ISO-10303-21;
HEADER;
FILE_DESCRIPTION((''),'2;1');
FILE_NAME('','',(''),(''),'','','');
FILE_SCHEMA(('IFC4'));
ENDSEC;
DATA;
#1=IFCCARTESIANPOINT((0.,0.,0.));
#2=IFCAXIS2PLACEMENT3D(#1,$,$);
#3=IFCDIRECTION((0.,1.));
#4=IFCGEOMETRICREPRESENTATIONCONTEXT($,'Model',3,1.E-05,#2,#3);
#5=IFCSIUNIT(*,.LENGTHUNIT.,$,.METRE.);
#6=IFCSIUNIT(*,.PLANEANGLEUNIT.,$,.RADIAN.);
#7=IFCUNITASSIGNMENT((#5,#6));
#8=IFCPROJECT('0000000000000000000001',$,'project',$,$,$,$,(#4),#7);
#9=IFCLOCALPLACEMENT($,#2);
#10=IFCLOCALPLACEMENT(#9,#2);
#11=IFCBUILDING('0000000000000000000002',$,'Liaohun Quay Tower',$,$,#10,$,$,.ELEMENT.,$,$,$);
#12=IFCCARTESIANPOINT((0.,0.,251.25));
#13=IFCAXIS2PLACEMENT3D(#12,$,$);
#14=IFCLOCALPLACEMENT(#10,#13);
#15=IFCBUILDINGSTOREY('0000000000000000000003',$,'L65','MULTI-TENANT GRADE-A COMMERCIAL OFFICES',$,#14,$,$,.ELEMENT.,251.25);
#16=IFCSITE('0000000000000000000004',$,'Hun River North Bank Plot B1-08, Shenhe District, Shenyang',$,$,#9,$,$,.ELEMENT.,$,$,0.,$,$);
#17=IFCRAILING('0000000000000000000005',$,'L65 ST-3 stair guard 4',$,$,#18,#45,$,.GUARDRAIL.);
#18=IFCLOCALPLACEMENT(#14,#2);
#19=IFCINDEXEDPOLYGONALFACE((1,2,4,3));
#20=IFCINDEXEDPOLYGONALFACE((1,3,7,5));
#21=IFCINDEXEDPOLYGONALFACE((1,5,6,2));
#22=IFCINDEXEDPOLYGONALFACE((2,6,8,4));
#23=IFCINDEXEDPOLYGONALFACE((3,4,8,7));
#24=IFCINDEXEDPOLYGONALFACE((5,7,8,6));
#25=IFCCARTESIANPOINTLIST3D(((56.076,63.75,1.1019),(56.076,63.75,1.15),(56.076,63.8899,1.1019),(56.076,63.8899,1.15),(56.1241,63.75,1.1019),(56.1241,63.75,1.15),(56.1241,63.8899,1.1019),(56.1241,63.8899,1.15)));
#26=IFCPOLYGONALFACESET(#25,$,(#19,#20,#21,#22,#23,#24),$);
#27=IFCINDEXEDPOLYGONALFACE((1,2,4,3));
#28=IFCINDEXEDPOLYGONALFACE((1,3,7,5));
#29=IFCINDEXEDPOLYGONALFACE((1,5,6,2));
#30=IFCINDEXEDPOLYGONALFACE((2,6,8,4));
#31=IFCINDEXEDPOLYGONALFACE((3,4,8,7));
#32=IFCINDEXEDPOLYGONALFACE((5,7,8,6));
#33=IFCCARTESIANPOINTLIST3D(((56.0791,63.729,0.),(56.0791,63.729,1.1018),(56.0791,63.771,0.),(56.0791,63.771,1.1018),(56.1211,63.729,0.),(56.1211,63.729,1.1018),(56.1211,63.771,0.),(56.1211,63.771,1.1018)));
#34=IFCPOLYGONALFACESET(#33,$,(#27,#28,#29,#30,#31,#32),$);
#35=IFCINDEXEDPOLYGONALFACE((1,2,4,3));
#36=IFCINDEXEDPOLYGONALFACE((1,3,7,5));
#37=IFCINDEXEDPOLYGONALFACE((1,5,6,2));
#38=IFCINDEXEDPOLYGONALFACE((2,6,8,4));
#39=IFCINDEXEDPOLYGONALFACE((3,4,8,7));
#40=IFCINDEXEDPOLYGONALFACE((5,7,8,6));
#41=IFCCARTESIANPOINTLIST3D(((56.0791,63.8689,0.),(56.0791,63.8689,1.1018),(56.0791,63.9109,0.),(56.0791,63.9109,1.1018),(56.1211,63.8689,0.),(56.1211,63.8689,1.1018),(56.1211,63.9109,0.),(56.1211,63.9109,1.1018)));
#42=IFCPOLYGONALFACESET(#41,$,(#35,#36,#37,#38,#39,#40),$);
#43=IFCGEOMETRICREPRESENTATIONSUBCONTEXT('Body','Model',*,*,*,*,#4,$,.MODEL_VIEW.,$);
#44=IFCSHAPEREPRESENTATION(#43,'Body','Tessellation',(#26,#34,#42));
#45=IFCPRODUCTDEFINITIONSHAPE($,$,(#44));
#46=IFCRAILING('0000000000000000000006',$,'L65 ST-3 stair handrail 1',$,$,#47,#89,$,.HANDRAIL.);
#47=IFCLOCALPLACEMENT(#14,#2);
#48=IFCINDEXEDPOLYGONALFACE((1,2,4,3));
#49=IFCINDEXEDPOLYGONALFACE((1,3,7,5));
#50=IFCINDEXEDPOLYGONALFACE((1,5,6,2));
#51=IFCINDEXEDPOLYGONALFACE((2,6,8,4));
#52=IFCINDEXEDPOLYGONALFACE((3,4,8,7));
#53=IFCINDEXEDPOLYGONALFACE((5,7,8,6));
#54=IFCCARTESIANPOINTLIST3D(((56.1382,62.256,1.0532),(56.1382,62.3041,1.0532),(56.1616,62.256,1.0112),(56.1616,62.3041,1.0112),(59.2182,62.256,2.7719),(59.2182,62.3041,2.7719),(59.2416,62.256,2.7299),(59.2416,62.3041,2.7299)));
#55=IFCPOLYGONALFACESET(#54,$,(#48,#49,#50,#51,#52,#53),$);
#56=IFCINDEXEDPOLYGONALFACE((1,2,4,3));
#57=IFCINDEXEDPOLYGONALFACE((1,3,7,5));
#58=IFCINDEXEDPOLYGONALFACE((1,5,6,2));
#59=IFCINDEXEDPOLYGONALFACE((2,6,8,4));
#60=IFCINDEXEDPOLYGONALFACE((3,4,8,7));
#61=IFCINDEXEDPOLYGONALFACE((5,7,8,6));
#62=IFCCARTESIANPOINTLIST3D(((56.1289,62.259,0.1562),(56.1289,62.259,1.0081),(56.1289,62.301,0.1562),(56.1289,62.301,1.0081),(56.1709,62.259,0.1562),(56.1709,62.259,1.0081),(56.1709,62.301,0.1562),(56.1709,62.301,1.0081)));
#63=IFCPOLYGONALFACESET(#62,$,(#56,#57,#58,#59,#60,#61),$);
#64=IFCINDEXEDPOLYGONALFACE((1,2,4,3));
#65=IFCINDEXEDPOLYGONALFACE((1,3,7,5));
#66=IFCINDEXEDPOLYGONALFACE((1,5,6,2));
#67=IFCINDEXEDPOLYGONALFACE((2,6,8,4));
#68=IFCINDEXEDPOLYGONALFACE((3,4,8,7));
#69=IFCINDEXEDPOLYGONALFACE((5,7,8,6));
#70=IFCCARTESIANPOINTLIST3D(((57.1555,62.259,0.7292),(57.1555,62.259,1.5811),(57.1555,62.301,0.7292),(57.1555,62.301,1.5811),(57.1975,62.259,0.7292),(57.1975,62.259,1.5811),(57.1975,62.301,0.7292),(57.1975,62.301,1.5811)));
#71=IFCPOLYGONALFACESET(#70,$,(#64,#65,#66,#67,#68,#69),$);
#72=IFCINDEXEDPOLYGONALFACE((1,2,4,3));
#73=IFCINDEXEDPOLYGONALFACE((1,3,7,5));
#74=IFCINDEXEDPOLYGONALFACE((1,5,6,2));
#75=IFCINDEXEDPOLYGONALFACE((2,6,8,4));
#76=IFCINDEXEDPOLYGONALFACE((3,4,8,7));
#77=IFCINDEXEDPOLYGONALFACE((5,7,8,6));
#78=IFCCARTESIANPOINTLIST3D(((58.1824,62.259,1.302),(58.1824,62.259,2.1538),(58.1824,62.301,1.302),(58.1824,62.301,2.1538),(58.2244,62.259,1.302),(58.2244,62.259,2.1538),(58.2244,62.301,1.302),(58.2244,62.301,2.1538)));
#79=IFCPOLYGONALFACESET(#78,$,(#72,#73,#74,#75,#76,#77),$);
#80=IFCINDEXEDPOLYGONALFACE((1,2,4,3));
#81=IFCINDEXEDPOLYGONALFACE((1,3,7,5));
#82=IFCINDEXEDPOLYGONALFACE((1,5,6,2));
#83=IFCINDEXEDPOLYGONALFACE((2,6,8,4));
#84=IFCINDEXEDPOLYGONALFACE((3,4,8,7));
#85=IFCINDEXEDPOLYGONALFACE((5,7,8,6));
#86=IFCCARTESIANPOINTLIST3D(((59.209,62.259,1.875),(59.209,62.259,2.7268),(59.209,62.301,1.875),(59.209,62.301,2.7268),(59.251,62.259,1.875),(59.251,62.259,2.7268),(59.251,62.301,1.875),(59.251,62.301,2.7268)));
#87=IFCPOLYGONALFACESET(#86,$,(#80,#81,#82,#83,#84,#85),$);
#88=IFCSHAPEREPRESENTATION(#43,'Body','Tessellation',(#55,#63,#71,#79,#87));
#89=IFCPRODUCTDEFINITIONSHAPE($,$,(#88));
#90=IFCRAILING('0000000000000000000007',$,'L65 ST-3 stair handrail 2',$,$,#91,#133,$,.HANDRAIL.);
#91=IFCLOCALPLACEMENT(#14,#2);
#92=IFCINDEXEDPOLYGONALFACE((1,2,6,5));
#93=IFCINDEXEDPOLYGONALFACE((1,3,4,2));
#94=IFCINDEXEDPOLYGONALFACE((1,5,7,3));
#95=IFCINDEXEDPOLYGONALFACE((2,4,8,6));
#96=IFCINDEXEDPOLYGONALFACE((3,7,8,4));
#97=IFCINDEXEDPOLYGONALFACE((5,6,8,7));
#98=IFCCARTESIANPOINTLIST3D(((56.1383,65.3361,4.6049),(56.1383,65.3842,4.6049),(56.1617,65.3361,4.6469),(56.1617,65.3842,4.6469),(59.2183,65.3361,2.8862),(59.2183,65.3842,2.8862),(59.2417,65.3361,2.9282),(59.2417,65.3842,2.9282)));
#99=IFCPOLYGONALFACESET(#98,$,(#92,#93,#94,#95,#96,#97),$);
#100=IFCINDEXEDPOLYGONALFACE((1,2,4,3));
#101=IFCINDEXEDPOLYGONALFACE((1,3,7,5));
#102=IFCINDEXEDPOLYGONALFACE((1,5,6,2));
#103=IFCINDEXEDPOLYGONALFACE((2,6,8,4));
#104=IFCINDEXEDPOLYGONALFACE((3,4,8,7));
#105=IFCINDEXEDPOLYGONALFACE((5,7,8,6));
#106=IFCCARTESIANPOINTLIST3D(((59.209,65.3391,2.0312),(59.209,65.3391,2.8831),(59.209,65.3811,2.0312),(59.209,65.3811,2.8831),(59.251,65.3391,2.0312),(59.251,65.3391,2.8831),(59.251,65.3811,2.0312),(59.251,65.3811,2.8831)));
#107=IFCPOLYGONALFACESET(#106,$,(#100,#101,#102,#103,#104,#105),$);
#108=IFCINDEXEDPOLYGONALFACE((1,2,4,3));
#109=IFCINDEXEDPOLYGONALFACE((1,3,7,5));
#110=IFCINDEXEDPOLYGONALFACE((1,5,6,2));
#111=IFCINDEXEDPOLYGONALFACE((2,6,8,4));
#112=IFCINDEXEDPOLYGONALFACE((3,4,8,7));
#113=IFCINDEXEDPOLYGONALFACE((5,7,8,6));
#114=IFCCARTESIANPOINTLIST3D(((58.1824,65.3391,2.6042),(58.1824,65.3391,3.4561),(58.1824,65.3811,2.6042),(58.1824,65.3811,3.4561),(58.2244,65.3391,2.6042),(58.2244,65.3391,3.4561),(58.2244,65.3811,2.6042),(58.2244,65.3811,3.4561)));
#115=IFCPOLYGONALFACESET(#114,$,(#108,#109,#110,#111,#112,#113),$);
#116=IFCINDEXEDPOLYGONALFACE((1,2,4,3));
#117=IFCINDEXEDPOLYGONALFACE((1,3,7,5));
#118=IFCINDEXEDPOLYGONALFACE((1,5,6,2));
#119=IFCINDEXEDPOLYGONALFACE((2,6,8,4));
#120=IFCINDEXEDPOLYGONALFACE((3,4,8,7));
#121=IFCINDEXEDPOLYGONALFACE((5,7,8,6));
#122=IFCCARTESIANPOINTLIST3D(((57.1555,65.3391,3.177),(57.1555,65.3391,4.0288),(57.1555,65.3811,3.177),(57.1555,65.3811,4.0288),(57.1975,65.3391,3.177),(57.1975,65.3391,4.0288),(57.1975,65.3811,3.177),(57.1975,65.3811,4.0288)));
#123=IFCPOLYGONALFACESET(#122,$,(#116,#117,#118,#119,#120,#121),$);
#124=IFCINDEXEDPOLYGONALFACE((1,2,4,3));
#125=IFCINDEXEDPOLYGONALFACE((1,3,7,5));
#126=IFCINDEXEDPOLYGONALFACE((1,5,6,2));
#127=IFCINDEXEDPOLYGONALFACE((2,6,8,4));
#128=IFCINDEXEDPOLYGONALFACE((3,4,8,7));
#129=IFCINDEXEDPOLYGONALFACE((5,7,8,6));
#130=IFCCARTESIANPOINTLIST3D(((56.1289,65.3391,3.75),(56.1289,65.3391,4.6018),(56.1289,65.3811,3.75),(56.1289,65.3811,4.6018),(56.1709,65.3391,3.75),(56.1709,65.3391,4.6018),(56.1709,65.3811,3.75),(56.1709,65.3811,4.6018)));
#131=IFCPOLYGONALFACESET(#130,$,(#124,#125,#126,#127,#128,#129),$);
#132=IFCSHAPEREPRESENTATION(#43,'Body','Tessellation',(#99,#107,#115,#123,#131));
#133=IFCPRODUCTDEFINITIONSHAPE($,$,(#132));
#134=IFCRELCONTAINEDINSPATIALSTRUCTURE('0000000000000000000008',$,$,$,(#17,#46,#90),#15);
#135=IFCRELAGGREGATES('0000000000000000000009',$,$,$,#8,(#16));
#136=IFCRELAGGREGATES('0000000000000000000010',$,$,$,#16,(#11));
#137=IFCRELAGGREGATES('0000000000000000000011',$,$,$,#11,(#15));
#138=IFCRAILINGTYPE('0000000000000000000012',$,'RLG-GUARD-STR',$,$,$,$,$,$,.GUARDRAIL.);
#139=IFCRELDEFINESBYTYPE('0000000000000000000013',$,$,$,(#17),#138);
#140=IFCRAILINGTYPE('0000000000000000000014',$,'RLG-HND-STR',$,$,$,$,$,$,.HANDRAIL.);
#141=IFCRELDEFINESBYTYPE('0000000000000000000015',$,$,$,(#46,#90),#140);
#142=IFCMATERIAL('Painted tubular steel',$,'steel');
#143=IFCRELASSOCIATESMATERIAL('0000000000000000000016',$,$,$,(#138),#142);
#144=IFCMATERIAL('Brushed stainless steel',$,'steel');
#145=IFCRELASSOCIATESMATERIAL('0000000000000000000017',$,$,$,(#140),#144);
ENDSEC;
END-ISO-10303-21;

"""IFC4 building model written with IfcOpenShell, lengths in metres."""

from ifc_helpers import new_model, si_unit, direction, frame, origin, origin_2d, place, context, subcontext, project, spatial, rectangle, extrude, material, type_object, element, save


model = new_model("IFC4")

# Units and contexts
model_context = context("Model", 3, precision=1e-05, world=origin(), true_north=direction((0.0, 1.0)))
body_context = subcontext(model_context, "Body", "Model", "MODEL_VIEW")
ifc_project = project(units=[si_unit("LENGTHUNIT", "METRE"), si_unit("PLANEANGLEUNIT", "RADIAN")], contexts=[model_context])

# Site, building, storey
site_placement = place(None, origin())
site = spatial("IfcSite", under=ifc_project, at=site_placement, Name="Hun River North Bank Plot B1-08, Shenhe District, Shenyang", CompositionType="ELEMENT", RefElevation=0.0)
building_placement = place(site_placement, origin())
building = spatial("IfcBuilding", under=site, at=building_placement, Name="Liaohun Quay Tower", CompositionType="ELEMENT")
storey_placement = place(building_placement, frame((0.0, 0.0, 251.25)))
storey = spatial("IfcBuildingStorey", under=building, at=storey_placement, Name="L65", Description="MULTI-TENANT GRADE-A COMMERCIAL OFFICES", CompositionType="ELEMENT", Elevation=251.25)

# Railings
ifc_material_1 = material(Name="Painted tubular steel", Category="steel")
railing_type_1 = type_object("IfcRailingType", Name="RLG-GUARD-STR", PredefinedType="GUARDRAIL", material=ifc_material_1)
railing_1_placement = place(storey_placement, frame((56.1001, 63.75, 0.0)))
element("IfcRailing", 1, at=railing_1_placement, inside=storey, type_object=railing_type_1, Name="L65 ST-3 stair guard 4", PredefinedType="GUARDRAIL", context=body_context, shape_type="SweptSolid", body=[
    extrude(rectangle(XDim=0.0481, YDim=0.0481, at=origin_2d()), frame((0.0, 0.0, 1.126), z_axis=(0.0, 1.0, 0.0), x_axis=(-1.0, 0.0, 0.0)), (0.0, 0.0, 1.0), 0.1399),
    extrude(rectangle(XDim=0.042, YDim=0.042, at=origin_2d()), origin(), (0.0, 0.0, 1.0), 1.1018),
    extrude(rectangle(XDim=0.042, YDim=0.042, at=origin_2d()), frame((0.0, 0.1399, 0.0)), (0.0, 0.0, 1.0), 1.1018),
])
ifc_material_2 = material(Name="Brushed stainless steel", Category="steel")
railing_type_2 = type_object("IfcRailingType", Name="RLG-HND-STR", PredefinedType="HANDRAIL", material=ifc_material_2)
railing_2_placement = place(storey_placement, frame((56.1499, 62.28, 0.1562)))
element("IfcRailing", 2, at=railing_2_placement, inside=storey, type_object=railing_type_2, Name="L65 ST-3 stair handrail 1", PredefinedType="HANDRAIL", context=body_context, shape_type="SweptSolid", body=[
    extrude(rectangle(XDim=0.0481, YDim=0.0481, at=origin_2d()), frame((0.0, 0.0, 0.876), z_axis=(0.873242, 0.0, 0.487288), x_axis=(0.0, 1.0, 0.0)), (0.0, 0.0, 1.0), 3.5271),
    extrude(rectangle(XDim=0.042, YDim=0.042, at=origin_2d()), origin(), (0.0, 0.0, 1.0), 0.8518),
    extrude(rectangle(XDim=0.042, YDim=0.042, at=origin_2d()), frame((1.0266, 0.0, 0.573)), (0.0, 0.0, 1.0), 0.8518),
    extrude(rectangle(XDim=0.042, YDim=0.042, at=origin_2d()), frame((2.0535, 0.0, 1.1458)), (0.0, 0.0, 1.0), 0.8518),
    extrude(rectangle(XDim=0.042, YDim=0.042, at=origin_2d()), frame((3.0801, 0.0, 1.7188)), (0.0, 0.0, 1.0), 0.8518),
])
railing_3_placement = place(storey_placement, frame((59.23, 65.3601, 2.0312)))
element("IfcRailing", 3, at=railing_3_placement, inside=storey, type_object=railing_type_2, Name="L65 ST-3 stair handrail 2", PredefinedType="HANDRAIL", context=body_context, shape_type="SweptSolid", body=[
    extrude(rectangle(XDim=0.0481, YDim=0.0481, at=origin_2d()), frame((0.0, 0.0, 0.876), z_axis=(-0.873242, 0.0, 0.487288), x_axis=(0.0, -1.0, 0.0)), (0.0, 0.0, 1.0), 3.5271),
    extrude(rectangle(XDim=0.042, YDim=0.042, at=origin_2d()), origin(), (0.0, 0.0, 1.0), 0.8518),
    extrude(rectangle(XDim=0.042, YDim=0.042, at=origin_2d()), frame((-1.0266, 0.0, 0.573)), (0.0, 0.0, 1.0), 0.8518),
    extrude(rectangle(XDim=0.042, YDim=0.042, at=origin_2d()), frame((-2.0535, 0.0, 1.1458)), (0.0, 0.0, 1.0), 0.8518),
    extrude(rectangle(XDim=0.042, YDim=0.042, at=origin_2d()), frame((-3.0801, 0.0, 1.7188)), (0.0, 0.0, 1.0), 0.8518),
])

save(model, "model.ifc")
